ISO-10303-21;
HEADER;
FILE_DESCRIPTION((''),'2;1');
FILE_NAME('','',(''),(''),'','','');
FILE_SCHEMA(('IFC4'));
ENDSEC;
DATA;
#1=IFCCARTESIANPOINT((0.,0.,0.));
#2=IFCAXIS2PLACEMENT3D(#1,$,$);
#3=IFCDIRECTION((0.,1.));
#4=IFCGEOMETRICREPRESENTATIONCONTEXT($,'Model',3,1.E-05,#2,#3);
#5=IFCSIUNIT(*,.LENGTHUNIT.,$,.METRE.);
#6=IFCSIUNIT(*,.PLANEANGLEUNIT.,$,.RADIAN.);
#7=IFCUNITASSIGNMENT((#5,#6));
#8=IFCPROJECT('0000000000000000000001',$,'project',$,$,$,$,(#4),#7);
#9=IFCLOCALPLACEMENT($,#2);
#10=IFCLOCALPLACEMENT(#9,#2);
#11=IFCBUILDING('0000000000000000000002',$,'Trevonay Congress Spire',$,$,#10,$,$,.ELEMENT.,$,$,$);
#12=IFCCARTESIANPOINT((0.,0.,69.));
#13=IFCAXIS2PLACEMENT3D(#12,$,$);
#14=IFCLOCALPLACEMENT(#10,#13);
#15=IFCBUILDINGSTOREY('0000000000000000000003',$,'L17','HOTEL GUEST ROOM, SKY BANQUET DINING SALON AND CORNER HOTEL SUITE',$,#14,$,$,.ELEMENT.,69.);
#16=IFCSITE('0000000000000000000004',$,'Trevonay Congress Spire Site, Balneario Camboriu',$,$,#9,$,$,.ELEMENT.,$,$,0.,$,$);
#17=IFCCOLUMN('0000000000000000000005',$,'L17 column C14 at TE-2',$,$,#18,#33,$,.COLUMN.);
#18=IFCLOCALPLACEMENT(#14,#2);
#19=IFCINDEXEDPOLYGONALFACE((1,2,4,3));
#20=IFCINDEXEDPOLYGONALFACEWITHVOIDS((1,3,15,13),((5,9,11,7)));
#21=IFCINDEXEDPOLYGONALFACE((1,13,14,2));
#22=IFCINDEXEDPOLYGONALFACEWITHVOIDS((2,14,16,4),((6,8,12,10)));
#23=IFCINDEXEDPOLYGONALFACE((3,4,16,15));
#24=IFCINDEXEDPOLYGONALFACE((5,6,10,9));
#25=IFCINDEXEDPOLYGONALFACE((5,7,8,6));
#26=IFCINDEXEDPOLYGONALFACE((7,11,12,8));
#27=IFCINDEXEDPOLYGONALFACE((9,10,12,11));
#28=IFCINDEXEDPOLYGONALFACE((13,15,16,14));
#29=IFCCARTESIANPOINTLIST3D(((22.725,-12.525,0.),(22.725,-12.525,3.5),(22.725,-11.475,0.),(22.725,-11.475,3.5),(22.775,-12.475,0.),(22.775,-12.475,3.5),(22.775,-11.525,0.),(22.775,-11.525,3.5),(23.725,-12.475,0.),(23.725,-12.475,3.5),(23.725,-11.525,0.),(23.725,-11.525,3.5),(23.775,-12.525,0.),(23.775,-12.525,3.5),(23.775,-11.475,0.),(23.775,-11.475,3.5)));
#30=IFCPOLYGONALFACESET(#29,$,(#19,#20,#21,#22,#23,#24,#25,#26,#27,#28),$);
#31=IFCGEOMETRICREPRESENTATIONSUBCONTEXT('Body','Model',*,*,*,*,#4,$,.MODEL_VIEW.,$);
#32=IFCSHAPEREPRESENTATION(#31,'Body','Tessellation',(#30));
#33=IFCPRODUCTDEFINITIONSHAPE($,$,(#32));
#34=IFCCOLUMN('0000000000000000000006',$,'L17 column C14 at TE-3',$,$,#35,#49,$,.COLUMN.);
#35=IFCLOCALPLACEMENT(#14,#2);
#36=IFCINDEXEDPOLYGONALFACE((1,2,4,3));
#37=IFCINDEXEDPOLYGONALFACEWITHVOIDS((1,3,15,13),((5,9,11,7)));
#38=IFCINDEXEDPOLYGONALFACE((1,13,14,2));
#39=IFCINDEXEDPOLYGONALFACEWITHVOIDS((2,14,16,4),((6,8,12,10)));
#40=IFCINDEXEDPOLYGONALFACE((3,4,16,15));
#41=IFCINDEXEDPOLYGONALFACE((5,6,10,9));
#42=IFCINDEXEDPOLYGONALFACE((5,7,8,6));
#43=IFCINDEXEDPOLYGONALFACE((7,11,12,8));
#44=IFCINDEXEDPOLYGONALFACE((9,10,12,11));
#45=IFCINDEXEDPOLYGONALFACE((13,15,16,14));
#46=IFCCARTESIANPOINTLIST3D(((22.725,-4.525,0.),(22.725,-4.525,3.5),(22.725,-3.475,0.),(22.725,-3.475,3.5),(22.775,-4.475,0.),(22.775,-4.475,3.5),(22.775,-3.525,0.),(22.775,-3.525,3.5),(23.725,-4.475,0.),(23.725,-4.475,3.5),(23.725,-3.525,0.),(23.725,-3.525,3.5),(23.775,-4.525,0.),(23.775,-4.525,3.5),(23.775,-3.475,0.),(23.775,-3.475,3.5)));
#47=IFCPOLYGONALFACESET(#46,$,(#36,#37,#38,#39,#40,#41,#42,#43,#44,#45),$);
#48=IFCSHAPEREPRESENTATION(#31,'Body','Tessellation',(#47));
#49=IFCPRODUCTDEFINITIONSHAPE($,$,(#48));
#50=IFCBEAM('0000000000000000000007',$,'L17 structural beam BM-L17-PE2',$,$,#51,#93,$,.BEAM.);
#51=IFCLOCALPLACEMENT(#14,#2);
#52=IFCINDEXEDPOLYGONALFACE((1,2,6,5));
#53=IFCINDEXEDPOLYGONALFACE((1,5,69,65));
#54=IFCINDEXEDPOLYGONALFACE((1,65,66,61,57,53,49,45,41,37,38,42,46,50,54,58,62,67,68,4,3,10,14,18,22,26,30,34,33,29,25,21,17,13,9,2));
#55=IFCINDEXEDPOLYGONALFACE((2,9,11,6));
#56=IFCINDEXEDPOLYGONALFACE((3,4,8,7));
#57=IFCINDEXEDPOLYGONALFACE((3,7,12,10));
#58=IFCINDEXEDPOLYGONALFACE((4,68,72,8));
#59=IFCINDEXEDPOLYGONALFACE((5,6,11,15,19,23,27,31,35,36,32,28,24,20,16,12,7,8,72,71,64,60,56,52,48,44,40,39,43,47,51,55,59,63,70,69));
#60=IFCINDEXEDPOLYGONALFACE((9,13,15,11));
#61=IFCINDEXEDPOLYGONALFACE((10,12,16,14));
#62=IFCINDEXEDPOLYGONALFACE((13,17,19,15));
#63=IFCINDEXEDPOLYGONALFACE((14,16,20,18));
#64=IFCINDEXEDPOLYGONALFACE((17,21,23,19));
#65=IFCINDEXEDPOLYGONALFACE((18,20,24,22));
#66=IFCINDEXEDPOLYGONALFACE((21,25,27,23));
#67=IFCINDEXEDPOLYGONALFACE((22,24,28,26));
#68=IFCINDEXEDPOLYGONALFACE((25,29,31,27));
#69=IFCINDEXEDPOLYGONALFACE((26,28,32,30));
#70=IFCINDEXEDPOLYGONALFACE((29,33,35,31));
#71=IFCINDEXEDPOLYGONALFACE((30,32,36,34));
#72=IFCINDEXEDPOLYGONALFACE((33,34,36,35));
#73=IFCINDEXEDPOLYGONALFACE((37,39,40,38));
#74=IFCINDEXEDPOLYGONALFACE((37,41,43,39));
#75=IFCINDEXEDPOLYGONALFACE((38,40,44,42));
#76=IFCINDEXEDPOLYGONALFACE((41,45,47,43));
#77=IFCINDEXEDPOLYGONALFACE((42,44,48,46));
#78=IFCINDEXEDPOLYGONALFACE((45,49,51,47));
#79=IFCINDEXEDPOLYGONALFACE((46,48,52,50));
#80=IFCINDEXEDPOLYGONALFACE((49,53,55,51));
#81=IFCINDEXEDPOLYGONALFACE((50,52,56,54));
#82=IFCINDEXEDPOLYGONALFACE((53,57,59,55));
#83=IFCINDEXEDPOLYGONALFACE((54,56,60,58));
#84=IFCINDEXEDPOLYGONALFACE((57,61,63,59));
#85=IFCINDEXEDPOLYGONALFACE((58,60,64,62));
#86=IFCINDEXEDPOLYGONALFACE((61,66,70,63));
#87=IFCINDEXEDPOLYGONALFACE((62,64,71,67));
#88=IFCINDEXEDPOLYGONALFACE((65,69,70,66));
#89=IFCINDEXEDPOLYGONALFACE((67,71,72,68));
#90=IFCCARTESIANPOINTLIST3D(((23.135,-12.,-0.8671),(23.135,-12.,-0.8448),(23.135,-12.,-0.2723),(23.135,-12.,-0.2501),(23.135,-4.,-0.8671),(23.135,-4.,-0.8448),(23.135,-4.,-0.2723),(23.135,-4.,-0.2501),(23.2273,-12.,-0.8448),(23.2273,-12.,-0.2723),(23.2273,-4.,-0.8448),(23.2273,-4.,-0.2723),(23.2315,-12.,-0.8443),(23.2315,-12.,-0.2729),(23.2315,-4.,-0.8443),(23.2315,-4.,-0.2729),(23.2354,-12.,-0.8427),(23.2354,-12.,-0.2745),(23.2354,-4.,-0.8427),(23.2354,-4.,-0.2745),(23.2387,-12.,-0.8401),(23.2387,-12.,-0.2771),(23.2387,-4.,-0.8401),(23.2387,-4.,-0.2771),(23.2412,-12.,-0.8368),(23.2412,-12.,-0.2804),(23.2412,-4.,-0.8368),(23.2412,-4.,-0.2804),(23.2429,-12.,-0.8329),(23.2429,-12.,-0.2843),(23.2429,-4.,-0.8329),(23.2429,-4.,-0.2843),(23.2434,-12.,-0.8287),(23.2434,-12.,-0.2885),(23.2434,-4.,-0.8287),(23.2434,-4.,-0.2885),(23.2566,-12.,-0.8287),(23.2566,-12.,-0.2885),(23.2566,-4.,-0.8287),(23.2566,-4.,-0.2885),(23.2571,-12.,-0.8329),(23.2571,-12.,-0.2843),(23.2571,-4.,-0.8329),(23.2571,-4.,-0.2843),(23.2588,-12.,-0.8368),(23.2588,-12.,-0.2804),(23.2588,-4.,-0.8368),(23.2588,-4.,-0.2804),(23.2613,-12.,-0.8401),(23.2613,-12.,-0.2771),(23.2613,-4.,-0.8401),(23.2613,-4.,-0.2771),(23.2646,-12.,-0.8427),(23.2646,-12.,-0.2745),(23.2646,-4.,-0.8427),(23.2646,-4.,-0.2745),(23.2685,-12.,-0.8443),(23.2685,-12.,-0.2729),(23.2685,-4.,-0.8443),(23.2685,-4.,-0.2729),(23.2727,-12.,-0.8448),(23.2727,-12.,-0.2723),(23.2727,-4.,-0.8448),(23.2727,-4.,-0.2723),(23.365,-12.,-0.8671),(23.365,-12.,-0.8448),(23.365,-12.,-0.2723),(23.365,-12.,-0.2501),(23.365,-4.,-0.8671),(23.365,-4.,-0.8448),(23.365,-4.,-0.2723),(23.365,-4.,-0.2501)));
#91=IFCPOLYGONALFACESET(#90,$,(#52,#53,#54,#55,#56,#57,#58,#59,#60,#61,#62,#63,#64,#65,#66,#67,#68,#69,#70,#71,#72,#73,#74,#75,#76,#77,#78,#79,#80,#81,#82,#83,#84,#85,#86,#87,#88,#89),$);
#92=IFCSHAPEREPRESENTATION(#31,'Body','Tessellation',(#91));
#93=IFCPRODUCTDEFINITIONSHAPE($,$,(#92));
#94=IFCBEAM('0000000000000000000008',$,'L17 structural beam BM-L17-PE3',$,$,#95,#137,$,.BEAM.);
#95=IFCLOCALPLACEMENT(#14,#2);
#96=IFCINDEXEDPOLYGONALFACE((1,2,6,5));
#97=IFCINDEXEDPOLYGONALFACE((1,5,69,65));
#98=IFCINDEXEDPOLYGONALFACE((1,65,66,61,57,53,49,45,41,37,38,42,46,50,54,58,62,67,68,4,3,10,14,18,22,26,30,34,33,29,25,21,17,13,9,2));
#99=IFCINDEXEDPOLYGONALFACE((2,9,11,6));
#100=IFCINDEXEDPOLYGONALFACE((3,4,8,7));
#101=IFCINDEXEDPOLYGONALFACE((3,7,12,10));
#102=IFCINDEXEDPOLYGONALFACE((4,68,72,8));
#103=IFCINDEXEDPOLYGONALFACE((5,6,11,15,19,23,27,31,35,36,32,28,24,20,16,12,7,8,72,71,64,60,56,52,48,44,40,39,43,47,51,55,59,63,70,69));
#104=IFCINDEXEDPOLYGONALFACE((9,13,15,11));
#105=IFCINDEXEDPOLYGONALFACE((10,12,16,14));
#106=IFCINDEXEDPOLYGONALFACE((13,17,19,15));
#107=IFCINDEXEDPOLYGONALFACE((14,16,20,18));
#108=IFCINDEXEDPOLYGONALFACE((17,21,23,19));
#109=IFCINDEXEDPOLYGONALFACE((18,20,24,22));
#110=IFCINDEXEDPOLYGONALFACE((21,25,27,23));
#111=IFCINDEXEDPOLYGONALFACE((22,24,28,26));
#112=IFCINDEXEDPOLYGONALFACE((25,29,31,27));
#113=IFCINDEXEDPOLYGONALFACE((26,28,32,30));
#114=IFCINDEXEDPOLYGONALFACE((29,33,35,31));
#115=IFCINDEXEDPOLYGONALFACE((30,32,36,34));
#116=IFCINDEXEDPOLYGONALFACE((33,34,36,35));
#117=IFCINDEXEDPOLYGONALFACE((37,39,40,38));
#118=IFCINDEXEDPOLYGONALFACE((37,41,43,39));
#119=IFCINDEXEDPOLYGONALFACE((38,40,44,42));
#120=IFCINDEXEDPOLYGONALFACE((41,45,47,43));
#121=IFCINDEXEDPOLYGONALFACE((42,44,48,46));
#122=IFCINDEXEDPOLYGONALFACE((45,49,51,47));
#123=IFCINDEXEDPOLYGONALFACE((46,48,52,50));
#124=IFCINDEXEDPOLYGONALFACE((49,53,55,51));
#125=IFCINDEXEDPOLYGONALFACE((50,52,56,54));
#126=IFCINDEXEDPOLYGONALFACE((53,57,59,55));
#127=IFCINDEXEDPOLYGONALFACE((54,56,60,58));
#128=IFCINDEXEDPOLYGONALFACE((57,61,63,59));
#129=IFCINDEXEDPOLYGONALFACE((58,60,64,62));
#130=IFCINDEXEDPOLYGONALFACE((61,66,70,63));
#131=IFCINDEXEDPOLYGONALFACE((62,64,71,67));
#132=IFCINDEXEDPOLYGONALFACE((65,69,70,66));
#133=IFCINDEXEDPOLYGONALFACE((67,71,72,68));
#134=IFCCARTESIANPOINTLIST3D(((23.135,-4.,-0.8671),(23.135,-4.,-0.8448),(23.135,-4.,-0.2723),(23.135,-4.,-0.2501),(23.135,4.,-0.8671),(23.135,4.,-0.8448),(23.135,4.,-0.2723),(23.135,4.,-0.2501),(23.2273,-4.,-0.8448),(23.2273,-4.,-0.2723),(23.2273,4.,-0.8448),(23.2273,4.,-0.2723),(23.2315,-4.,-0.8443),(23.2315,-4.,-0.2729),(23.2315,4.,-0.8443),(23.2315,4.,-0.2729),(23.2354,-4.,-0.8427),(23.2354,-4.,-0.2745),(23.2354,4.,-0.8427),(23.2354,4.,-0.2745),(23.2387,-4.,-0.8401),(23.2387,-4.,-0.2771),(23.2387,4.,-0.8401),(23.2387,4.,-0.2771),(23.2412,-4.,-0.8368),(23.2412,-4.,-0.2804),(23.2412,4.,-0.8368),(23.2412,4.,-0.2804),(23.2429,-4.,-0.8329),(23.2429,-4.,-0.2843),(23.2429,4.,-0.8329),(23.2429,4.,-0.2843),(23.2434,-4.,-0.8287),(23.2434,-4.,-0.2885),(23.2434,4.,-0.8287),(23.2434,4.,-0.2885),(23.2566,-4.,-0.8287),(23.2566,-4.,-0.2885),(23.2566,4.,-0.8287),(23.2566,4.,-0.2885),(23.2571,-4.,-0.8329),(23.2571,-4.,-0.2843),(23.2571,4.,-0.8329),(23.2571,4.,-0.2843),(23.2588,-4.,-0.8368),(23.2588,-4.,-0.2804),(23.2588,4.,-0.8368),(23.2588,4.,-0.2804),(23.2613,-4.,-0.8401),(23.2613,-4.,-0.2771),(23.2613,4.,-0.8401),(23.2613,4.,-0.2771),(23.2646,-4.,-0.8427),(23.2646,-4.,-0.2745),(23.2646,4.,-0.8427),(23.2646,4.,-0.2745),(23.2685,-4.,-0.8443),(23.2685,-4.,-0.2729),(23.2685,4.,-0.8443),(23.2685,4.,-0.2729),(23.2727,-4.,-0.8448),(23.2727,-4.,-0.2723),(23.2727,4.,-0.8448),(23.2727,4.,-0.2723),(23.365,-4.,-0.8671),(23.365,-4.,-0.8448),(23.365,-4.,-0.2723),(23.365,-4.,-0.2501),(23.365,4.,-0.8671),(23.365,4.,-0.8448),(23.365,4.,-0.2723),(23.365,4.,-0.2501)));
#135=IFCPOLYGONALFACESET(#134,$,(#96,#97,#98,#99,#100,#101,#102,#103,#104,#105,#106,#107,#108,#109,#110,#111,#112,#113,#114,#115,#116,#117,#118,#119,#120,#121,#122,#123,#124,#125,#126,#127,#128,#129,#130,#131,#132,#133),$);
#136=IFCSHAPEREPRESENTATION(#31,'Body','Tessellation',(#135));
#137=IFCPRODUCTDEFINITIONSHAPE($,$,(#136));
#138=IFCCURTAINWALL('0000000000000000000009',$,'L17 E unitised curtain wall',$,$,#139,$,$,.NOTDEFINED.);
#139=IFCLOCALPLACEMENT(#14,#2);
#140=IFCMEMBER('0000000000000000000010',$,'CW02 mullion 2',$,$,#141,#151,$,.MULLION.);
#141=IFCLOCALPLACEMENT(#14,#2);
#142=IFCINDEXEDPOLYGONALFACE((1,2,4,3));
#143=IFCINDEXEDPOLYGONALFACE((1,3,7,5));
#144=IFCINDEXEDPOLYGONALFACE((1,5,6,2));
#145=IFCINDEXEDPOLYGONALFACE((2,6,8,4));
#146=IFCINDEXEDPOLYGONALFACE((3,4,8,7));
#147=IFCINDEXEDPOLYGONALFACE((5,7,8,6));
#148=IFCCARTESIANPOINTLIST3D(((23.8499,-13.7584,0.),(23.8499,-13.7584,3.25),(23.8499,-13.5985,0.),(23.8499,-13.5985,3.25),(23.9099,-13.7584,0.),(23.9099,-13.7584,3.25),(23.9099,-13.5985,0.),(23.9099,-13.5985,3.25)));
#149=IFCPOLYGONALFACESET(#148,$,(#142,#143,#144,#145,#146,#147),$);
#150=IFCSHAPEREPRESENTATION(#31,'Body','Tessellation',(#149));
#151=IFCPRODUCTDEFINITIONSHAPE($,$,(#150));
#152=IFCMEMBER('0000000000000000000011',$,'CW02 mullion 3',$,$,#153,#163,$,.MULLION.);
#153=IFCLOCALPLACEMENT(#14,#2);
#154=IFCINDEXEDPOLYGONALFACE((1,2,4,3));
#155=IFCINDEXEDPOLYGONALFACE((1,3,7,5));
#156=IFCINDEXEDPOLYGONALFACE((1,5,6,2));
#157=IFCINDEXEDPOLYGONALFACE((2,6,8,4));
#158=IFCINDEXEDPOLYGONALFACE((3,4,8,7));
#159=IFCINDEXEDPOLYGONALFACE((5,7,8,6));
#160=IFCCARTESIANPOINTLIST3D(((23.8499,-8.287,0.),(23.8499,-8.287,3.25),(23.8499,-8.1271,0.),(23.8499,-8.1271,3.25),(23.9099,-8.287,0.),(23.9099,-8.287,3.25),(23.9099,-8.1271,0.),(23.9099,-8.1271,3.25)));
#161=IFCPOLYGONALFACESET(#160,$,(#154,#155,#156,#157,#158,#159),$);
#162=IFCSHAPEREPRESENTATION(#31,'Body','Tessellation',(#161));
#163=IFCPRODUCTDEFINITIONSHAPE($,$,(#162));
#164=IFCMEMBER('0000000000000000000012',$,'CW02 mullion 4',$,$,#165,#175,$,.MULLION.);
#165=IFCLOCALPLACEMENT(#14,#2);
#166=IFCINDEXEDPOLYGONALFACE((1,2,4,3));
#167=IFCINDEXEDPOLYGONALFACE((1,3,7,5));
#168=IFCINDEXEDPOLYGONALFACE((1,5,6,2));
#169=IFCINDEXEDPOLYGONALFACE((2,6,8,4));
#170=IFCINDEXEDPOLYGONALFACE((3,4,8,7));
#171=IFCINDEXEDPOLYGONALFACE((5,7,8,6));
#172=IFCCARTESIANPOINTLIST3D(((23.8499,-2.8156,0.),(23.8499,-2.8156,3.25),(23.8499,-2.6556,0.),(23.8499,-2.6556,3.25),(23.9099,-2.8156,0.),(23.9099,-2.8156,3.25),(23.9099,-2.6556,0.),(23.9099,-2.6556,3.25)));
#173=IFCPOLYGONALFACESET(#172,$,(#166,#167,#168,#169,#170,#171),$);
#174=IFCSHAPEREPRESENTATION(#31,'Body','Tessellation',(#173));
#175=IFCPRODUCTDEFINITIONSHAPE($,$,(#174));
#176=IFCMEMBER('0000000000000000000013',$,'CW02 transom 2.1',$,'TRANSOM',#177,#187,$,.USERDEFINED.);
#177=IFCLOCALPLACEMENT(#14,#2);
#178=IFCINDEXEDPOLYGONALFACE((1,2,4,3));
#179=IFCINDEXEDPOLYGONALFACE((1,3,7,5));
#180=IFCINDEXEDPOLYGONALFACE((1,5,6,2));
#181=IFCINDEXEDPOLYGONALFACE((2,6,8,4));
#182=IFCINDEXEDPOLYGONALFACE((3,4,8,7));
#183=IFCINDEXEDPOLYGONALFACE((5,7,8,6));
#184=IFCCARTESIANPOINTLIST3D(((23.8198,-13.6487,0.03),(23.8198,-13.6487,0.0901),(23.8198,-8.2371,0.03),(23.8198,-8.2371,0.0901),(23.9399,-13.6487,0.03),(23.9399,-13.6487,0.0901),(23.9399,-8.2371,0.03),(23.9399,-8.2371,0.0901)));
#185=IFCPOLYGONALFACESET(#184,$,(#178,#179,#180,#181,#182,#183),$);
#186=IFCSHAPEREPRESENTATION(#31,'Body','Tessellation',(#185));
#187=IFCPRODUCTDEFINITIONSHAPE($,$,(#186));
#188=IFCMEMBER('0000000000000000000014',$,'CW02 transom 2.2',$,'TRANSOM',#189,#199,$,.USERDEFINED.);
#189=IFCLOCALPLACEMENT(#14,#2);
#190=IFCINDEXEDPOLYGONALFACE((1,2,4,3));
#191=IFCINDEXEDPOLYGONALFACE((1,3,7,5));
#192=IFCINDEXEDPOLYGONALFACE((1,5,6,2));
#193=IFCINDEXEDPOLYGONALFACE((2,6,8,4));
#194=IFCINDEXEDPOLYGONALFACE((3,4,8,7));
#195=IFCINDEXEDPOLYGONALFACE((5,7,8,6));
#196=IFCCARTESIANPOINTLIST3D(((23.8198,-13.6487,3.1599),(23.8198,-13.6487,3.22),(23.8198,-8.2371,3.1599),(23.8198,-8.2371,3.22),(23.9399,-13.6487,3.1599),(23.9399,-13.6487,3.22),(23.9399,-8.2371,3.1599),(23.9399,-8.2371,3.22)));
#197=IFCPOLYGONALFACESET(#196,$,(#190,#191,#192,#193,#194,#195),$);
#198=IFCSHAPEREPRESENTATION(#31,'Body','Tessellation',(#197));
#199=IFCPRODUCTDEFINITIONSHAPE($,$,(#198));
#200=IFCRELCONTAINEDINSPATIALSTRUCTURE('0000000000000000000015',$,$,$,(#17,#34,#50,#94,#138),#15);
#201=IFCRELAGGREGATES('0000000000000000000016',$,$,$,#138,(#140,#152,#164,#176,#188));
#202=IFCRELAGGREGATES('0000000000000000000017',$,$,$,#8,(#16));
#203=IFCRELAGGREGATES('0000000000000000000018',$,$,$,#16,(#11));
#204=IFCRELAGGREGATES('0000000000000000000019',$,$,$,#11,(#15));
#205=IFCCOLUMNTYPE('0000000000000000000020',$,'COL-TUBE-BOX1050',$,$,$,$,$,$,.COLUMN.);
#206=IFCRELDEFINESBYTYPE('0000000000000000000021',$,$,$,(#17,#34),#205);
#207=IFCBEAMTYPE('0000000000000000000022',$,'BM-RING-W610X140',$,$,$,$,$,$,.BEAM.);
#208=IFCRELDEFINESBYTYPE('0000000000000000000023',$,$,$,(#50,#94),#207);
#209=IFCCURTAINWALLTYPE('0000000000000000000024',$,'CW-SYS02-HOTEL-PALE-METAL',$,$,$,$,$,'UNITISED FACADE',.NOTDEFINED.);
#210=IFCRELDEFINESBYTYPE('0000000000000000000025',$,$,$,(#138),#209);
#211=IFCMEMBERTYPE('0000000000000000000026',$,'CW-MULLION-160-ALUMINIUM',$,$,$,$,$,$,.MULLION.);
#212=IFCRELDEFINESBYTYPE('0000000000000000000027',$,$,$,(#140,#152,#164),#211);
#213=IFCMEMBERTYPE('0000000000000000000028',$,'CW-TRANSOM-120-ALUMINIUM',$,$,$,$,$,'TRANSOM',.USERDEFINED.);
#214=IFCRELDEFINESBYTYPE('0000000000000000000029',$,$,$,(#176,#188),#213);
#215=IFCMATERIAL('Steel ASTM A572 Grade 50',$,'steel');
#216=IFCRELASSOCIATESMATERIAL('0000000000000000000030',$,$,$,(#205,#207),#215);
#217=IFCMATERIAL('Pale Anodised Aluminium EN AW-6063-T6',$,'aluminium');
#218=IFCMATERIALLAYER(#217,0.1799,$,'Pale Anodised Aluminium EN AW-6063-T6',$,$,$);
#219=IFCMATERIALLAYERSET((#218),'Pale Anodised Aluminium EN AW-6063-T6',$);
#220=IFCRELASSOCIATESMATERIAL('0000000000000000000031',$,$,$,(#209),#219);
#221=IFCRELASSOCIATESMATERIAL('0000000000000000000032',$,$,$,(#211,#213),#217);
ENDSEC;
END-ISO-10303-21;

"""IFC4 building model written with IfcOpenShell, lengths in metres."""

from ifc_helpers import new_model, si_unit, direction, frame, origin, origin_2d, place, context, subcontext, project, spatial, rectangle, hollow_rectangle, i_section, extrude, material, layer, layer_set, material_profile, profile_set, type_object, element, aggregate, save


model = new_model("IFC4")

# Units and contexts
model_context = context("Model", 3, precision=1e-05, world=origin(), true_north=direction((0.0, 1.0)))
body_context = subcontext(model_context, "Body", "Model", "MODEL_VIEW")
ifc_project = project(units=[si_unit("LENGTHUNIT", "METRE"), si_unit("PLANEANGLEUNIT", "RADIAN")], contexts=[model_context])

# Site, building, storey
site_placement = place(None, origin())
site = spatial("IfcSite", under=ifc_project, at=site_placement, Name="Trevonay Congress Spire Site, Balneario Camboriu", CompositionType="ELEMENT", RefElevation=0.0)
building_placement = place(site_placement, origin())
building = spatial("IfcBuilding", under=site, at=building_placement, Name="Trevonay Congress Spire", CompositionType="ELEMENT")
storey_placement = place(building_placement, frame((0.0, 0.0, 69.0)))
storey = spatial("IfcBuildingStorey", under=building, at=storey_placement, Name="L17", Description="HOTEL GUEST ROOM, SKY BANQUET DINING SALON AND CORNER HOTEL SUITE", CompositionType="ELEMENT", Elevation=69.0)

# Columns
ifc_material_1 = material(Name="Steel ASTM A572 Grade 50", Category="steel")
ifc_material_profile_1 = material_profile(ifc_material_1, hollow_rectangle(XDim=1.05, YDim=1.05, WallThickness=0.05, at=origin_2d()), Name="BOX 1050x1050x50")
ifc_profile_set_1 = profile_set([ifc_material_profile_1], Name="Steel ASTM A572 Grade 50")
column_type = type_object("IfcColumnType", Name="COL-TUBE-BOX1050", PredefinedType="COLUMN", material=ifc_profile_set_1)
for number, where, z_axis, x_axis, name in (
    (1, (23.25, -12.0, 0.0), (0.0, 0.0, 1.0), (1.0, 0.0, 0.0), "L17 column C14 at TE-2"),
    (2, (23.25, -4.0, 0.0), (0.0, 0.0, 1.0), (1.0, 0.0, 0.0), "L17 column C14 at TE-3"),
):
    element("IfcColumn", number, at=place(storey_placement, frame(where, z_axis=z_axis, x_axis=x_axis)), inside=storey, type_object=column_type, Name=name, PredefinedType="COLUMN", context=body_context, shape_type="SweptSolid", body=[
        extrude(hollow_rectangle(XDim=1.05, YDim=1.05, WallThickness=0.05, at=origin_2d()), origin(), (0.0, 0.0, 1.0), 3.5),
    ])

# Beams
ifc_material_profile_2 = material_profile(ifc_material_1, i_section(OverallWidth=0.23, OverallDepth=0.6169, WebThickness=0.0132, FlangeThickness=0.0222, FilletRadius=0.0161, at=origin_2d()), Name="W610x140")
ifc_profile_set_2 = profile_set([ifc_material_profile_2], Name="Steel ASTM A572 Grade 50")
beam_type = type_object("IfcBeamType", Name="BM-RING-W610X140", PredefinedType="BEAM", material=ifc_profile_set_2)
for number, where, z_axis, x_axis, name in (
    (3, (23.25, -12.0, -0.5586), (0.0, 1.0, 0.0), (-1.0, 0.0, 0.0), "L17 structural beam BM-L17-PE2"),
    (4, (23.25, -4.0, -0.5586), (0.0, 1.0, 0.0), (-1.0, 0.0, 0.0), "L17 structural beam BM-L17-PE3"),
):
    element("IfcBeam", number, at=place(storey_placement, frame(where, z_axis=z_axis, x_axis=x_axis)), inside=storey, type_object=beam_type, Name=name, PredefinedType="BEAM", context=body_context, shape_type="SweptSolid", body=[
        extrude(i_section(OverallWidth=0.23, OverallDepth=0.6169, WebThickness=0.0132, FlangeThickness=0.0222, FilletRadius=0.0161, at=origin_2d()), origin(), (0.0, 0.0, 1.0), 8.0),
    ])

# Curtain wall, members
ifc_material_2 = material(Name="Pale Anodised Aluminium EN AW-6063-T6", Category="aluminium")
ifc_layer_1 = layer(ifc_material_2, 0.1799, Name="Pale Anodised Aluminium EN AW-6063-T6")
ifc_layer_set_1 = layer_set([ifc_layer_1], Name="Pale Anodised Aluminium EN AW-6063-T6")
curtain_wall_type = type_object("IfcCurtainWallType", Name="CW-SYS02-HOTEL-PALE-METAL", ElementType="UNITISED FACADE", PredefinedType="NOTDEFINED", material=ifc_layer_set_1)
curtain_wall_placement = place(storey_placement, origin())
curtain_wall = element("IfcCurtainWall", 5, at=curtain_wall_placement, inside=storey, type_object=curtain_wall_type, Name="L17 E unitised curtain wall", PredefinedType="NOTDEFINED")
ifc_material_profile_3 = material_profile(ifc_material_2, rectangle(XDim=0.0601, YDim=0.1599, at=origin_2d()), Name="CW-MULLION-160-ALUMINIUM")
ifc_profile_set_3 = profile_set([ifc_material_profile_3], Name="Pale Anodised Aluminium EN AW-6063-T6")
member_type_1 = type_object("IfcMemberType", Name="CW-MULLION-160-ALUMINIUM", PredefinedType="MULLION", material=ifc_profile_set_3)
member_1_placement = place(storey_placement, frame((23.8799, -13.6785, 0.0), z_axis=(0.0, 0.0, 1.0), x_axis=(-1.0, 0.0, 0.0)))
member_1 = element("IfcMember", 6, at=member_1_placement, type_object=member_type_1, Name="CW02 mullion 2", PredefinedType="MULLION", context=body_context, shape_type="SweptSolid", body=[
    extrude(rectangle(XDim=0.0601, YDim=0.1599, at=origin_2d()), origin(), (0.0, 0.0, 1.0), 3.25),
])
member_2_placement = place(storey_placement, frame((23.8799, -8.207, 0.0), z_axis=(0.0, 0.0, 1.0), x_axis=(-1.0, 0.0, 0.0)))
member_2 = element("IfcMember", 7, at=member_2_placement, type_object=member_type_1, Name="CW02 mullion 3", PredefinedType="MULLION", context=body_context, shape_type="SweptSolid", body=[
    extrude(rectangle(XDim=0.0601, YDim=0.1599, at=origin_2d()), origin(), (0.0, 0.0, 1.0), 3.25),
])
member_3_placement = place(storey_placement, frame((23.8799, -2.7356, 0.0), z_axis=(0.0, 0.0, 1.0), x_axis=(-1.0, 0.0, 0.0)))
member_3 = element("IfcMember", 8, at=member_3_placement, type_object=member_type_1, Name="CW02 mullion 4", PredefinedType="MULLION", context=body_context, shape_type="SweptSolid", body=[
    extrude(rectangle(XDim=0.0601, YDim=0.1599, at=origin_2d()), origin(), (0.0, 0.0, 1.0), 3.25),
])
ifc_material_profile_4 = material_profile(ifc_material_2, rectangle(XDim=0.1201, YDim=0.0601, at=origin_2d()), Name="CW-TRANSOM-120-ALUMINIUM")
ifc_profile_set_4 = profile_set([ifc_material_profile_4], Name="Pale Anodised Aluminium EN AW-6063-T6")
member_type_2 = type_object("IfcMemberType", Name="CW-TRANSOM-120-ALUMINIUM", ElementType="TRANSOM", PredefinedType="USERDEFINED", material=ifc_profile_set_4)
member_4_placement = place(storey_placement, frame((23.8799, -13.6487, 0.0601), z_axis=(0.0, 1.0, 0.0), x_axis=(-1.0, 0.0, 0.0)))
member_4 = element("IfcMember", 9, at=member_4_placement, type_object=member_type_2, Name="CW02 transom 2.1", ObjectType="TRANSOM", PredefinedType="USERDEFINED", context=body_context, shape_type="SweptSolid", body=[
    extrude(rectangle(XDim=0.1201, YDim=0.0601, at=origin_2d()), origin(), (0.0, 0.0, 1.0), 5.4116),
])
member_5_placement = place(storey_placement, frame((23.8799, -13.6487, 3.1899), z_axis=(0.0, 1.0, 0.0), x_axis=(-1.0, 0.0, 0.0)))
member_5 = element("IfcMember", 10, at=member_5_placement, type_object=member_type_2, Name="CW02 transom 2.2", ObjectType="TRANSOM", PredefinedType="USERDEFINED", context=body_context, shape_type="SweptSolid", body=[
    extrude(rectangle(XDim=0.1201, YDim=0.0601, at=origin_2d()), origin(), (0.0, 0.0, 1.0), 5.4116),
])
aggregate(curtain_wall, [member_1, member_2, member_3, member_4, member_5])

save(model, "model.ifc")
